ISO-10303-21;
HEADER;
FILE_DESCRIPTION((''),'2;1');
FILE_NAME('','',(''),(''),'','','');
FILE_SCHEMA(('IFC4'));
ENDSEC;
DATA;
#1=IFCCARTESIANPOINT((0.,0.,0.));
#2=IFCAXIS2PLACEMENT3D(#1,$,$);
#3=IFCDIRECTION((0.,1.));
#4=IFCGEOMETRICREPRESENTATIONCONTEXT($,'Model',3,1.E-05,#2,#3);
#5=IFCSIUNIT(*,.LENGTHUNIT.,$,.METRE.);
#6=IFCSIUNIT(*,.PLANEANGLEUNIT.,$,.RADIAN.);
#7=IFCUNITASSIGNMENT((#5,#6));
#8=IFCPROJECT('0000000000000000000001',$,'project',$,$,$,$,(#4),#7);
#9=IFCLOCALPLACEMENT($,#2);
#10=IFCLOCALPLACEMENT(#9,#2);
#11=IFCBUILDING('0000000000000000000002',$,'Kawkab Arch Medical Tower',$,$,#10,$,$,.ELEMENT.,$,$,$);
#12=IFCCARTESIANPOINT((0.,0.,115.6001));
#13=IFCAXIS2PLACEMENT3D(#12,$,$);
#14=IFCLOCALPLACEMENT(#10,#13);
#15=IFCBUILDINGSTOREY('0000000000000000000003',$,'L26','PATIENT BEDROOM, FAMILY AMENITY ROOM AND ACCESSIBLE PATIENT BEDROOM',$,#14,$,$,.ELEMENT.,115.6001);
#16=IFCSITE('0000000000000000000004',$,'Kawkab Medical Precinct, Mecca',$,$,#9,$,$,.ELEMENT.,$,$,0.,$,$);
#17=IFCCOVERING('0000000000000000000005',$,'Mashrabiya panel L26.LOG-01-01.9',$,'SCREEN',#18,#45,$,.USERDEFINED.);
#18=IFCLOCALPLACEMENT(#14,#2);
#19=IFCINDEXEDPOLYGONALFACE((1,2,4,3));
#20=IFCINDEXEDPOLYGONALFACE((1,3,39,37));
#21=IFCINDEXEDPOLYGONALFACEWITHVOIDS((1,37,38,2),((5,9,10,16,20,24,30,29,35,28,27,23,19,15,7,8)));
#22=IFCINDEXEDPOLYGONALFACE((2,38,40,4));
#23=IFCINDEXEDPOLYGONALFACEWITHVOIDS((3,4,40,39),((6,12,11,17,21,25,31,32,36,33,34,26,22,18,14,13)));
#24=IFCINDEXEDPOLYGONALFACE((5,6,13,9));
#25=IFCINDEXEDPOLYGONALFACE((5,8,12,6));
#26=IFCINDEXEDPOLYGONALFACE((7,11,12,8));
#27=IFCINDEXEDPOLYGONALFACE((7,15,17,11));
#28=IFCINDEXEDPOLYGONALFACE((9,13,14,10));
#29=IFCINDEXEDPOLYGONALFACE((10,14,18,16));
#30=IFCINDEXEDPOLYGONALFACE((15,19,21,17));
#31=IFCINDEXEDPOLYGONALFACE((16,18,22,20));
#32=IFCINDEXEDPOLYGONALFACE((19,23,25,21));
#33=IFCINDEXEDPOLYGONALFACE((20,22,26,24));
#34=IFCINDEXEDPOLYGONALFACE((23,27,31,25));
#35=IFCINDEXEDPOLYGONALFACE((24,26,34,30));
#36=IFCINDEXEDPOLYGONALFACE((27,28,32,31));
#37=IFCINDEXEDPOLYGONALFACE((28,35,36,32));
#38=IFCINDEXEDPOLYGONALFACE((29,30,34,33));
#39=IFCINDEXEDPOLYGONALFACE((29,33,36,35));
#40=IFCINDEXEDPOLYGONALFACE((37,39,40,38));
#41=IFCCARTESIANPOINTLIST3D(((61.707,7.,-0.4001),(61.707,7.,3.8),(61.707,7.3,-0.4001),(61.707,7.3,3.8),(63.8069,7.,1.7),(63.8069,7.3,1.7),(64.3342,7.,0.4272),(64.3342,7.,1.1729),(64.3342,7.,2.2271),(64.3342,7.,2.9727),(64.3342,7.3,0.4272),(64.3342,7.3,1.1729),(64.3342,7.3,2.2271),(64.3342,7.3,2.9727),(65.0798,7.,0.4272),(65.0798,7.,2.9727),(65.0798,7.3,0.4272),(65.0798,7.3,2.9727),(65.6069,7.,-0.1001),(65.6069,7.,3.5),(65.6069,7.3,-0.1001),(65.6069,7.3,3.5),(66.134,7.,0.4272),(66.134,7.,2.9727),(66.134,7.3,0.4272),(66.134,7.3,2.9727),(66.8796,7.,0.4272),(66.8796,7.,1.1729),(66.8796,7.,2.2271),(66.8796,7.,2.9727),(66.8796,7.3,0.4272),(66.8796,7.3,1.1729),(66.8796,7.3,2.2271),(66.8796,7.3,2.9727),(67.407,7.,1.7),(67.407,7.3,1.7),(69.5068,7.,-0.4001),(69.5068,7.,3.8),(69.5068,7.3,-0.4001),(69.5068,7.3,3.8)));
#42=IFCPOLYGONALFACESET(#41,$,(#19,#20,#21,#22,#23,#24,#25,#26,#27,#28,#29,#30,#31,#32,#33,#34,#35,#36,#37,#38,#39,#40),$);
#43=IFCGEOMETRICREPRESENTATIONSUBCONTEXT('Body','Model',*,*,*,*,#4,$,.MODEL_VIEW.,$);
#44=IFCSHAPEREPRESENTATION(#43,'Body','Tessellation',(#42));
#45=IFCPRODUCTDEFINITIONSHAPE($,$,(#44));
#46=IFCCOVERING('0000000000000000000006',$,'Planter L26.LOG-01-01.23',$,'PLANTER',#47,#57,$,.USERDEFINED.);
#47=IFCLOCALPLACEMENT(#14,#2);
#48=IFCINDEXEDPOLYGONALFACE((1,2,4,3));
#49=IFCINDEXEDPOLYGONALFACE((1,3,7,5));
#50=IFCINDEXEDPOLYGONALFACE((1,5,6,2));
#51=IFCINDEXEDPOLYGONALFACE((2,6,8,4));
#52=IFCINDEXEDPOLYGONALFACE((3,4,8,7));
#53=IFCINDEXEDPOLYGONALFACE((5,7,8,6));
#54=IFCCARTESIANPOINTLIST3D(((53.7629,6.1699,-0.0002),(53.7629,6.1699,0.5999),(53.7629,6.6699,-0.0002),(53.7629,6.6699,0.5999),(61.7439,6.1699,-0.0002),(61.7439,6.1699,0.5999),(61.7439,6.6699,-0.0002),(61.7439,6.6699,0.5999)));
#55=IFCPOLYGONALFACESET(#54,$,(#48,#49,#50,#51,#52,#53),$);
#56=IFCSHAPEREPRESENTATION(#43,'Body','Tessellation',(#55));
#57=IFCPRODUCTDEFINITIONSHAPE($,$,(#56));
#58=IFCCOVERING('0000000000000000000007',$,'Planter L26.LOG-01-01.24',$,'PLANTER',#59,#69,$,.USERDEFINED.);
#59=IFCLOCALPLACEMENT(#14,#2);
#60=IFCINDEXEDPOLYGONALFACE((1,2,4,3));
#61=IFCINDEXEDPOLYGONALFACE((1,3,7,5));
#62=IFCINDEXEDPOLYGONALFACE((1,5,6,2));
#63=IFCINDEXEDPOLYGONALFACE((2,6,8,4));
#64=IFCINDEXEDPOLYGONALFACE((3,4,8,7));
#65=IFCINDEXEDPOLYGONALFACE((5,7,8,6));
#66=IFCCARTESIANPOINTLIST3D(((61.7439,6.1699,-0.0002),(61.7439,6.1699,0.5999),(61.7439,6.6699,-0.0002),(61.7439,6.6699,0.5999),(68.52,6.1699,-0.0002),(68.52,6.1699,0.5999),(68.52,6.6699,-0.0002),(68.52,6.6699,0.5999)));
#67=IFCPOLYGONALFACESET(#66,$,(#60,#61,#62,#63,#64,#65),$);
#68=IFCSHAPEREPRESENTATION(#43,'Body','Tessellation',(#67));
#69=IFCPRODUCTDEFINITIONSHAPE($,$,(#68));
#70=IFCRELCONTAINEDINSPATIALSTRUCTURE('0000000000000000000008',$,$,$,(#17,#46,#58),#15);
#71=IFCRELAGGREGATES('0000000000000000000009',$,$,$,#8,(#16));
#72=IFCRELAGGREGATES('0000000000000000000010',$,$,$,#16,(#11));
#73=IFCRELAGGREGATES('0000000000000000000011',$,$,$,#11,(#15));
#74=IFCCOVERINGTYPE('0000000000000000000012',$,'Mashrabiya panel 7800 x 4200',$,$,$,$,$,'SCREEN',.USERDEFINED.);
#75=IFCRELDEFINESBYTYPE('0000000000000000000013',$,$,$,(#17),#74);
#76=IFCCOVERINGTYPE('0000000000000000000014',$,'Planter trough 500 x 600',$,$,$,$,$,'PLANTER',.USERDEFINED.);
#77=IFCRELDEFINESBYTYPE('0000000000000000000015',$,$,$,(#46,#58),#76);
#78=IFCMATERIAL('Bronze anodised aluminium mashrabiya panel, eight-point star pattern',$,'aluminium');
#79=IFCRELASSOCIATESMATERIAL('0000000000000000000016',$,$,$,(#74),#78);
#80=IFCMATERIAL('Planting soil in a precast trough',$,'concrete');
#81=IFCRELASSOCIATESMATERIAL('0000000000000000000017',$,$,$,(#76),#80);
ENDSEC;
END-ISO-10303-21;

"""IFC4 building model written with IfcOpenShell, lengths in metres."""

from ifc_helpers import new_model, si_unit, direction, frame, origin, origin_2d, place, context, subcontext, project, spatial, polyline, rectangle, outline, extrude, material, material_profile, profile_set, type_object, element, save


model = new_model("IFC4")

# Units and contexts
model_context = context("Model", 3, precision=1e-05, world=origin(), true_north=direction((0.0, 1.0)))
body_context = subcontext(model_context, "Body", "Model", "MODEL_VIEW")
ifc_project = project(units=[si_unit("LENGTHUNIT", "METRE"), si_unit("PLANEANGLEUNIT", "RADIAN")], contexts=[model_context])

# Site, building, storey
site_placement = place(None, origin())
site = spatial("IfcSite", under=ifc_project, at=site_placement, Name="Kawkab Medical Precinct, Mecca", CompositionType="ELEMENT", RefElevation=0.0)
building_placement = place(site_placement, origin())
building = spatial("IfcBuilding", under=site, at=building_placement, Name="Kawkab Arch Medical Tower", CompositionType="ELEMENT")
storey_placement = place(building_placement, frame((0.0, 0.0, 115.6001)))
storey = spatial("IfcBuildingStorey", under=building, at=storey_placement, Name="L26", Description="PATIENT BEDROOM, FAMILY AMENITY ROOM AND ACCESSIBLE PATIENT BEDROOM", CompositionType="ELEMENT", Elevation=115.6001)

# Coverings
ifc_material_1 = material(Name="Bronze anodised aluminium mashrabiya panel, eight-point star pattern", Category="aluminium")
ifc_material_profile_1 = material_profile(ifc_material_1, outline(polyline([(-3.8999, -2.1001), (3.8999, -2.1001), (3.8999, 2.1001), (-3.8999, 2.1001), (-3.8999, -2.1001)]), holes=[polyline([(1.8, 0.0), (1.2727, 0.5271), (1.2727, 1.2727), (0.5271, 1.2727), (0.0, 1.8), (-0.5271, 1.2727), (-1.2727, 1.2727), (-1.2727, 0.5271), (-1.8, 0.0), (-1.2727, -0.5271), (-1.2727, -1.2727), (-0.5271, -1.2727), (0.0, -1.8), (0.5271, -1.2727), (1.2727, -1.2727), (1.2727, -0.5271), (1.8, 0.0)])]), Name="Mashrabiya panel 7800x4200")
ifc_profile_set_1 = profile_set([ifc_material_profile_1], Name="Bronze anodised aluminium mashrabiya panel, eight-point star pattern")
covering_type_1 = type_object("IfcCoveringType", Name="Mashrabiya panel 7800 x 4200", ElementType="SCREEN", PredefinedType="USERDEFINED", material=ifc_profile_set_1)
covering_1_placement = place(storey_placement, frame((65.6069, 7.0, 1.7), z_axis=(0.0, 1.0, 0.0), x_axis=(-1.0, 0.0, 0.0)))
element("IfcCovering", 1, at=covering_1_placement, inside=storey, type_object=covering_type_1, Name="Mashrabiya panel L26.LOG-01-01.9", ObjectType="SCREEN", PredefinedType="USERDEFINED", context=body_context, shape_type="SweptSolid", body=[
    extrude(outline(polyline([(-3.8999, -2.1001), (3.8999, -2.1001), (3.8999, 2.1001), (-3.8999, 2.1001), (-3.8999, -2.1001)]), holes=[polyline([(1.8, 0.0), (1.2727, 0.5271), (1.2727, 1.2727), (0.5271, 1.2727), (0.0, 1.8), (-0.5271, 1.2727), (-1.2727, 1.2727), (-1.2727, 0.5271), (-1.8, 0.0), (-1.2727, -0.5271), (-1.2727, -1.2727), (-0.5271, -1.2727), (0.0, -1.8), (0.5271, -1.2727), (1.2727, -1.2727), (1.2727, -0.5271), (1.8, 0.0)])]), origin(), (0.0, 0.0, 1.0), 0.3),
])
ifc_material_2 = material(Name="Planting soil in a precast trough", Category="concrete")
ifc_material_profile_2 = material_profile(ifc_material_2, rectangle(XDim=0.5, YDim=0.6001, at=origin_2d()), Name="Trough 500x600")
ifc_profile_set_2 = profile_set([ifc_material_profile_2], Name="Planting soil in a precast trough")
covering_type_2 = type_object("IfcCoveringType", Name="Planter trough 500 x 600", ElementType="PLANTER", PredefinedType="USERDEFINED", material=ifc_profile_set_2)
covering_2_placement = place(storey_placement, frame((53.7629, 6.4199, 0.2998), z_axis=(1.0, 0.0, 0.0), x_axis=(0.0, 1.0, 0.0)))
element("IfcCovering", 2, at=covering_2_placement, inside=storey, type_object=covering_type_2, Name="Planter L26.LOG-01-01.23", ObjectType="PLANTER", PredefinedType="USERDEFINED", context=body_context, shape_type="SweptSolid", body=[
    extrude(rectangle(XDim=0.5, YDim=0.6001, at=origin_2d()), origin(), (0.0, 0.0, 1.0), 7.981),
])
covering_3_placement = place(storey_placement, frame((61.7439, 6.4199, 0.2998), z_axis=(1.0, 0.0, 0.0), x_axis=(0.0, 1.0, 0.0)))
element("IfcCovering", 3, at=covering_3_placement, inside=storey, type_object=covering_type_2, Name="Planter L26.LOG-01-01.24", ObjectType="PLANTER", PredefinedType="USERDEFINED", context=body_context, shape_type="SweptSolid", body=[
    extrude(rectangle(XDim=0.5, YDim=0.6001, at=origin_2d()), origin(), (0.0, 0.0, 1.0), 6.7761),
])

save(model, "model.ifc")
